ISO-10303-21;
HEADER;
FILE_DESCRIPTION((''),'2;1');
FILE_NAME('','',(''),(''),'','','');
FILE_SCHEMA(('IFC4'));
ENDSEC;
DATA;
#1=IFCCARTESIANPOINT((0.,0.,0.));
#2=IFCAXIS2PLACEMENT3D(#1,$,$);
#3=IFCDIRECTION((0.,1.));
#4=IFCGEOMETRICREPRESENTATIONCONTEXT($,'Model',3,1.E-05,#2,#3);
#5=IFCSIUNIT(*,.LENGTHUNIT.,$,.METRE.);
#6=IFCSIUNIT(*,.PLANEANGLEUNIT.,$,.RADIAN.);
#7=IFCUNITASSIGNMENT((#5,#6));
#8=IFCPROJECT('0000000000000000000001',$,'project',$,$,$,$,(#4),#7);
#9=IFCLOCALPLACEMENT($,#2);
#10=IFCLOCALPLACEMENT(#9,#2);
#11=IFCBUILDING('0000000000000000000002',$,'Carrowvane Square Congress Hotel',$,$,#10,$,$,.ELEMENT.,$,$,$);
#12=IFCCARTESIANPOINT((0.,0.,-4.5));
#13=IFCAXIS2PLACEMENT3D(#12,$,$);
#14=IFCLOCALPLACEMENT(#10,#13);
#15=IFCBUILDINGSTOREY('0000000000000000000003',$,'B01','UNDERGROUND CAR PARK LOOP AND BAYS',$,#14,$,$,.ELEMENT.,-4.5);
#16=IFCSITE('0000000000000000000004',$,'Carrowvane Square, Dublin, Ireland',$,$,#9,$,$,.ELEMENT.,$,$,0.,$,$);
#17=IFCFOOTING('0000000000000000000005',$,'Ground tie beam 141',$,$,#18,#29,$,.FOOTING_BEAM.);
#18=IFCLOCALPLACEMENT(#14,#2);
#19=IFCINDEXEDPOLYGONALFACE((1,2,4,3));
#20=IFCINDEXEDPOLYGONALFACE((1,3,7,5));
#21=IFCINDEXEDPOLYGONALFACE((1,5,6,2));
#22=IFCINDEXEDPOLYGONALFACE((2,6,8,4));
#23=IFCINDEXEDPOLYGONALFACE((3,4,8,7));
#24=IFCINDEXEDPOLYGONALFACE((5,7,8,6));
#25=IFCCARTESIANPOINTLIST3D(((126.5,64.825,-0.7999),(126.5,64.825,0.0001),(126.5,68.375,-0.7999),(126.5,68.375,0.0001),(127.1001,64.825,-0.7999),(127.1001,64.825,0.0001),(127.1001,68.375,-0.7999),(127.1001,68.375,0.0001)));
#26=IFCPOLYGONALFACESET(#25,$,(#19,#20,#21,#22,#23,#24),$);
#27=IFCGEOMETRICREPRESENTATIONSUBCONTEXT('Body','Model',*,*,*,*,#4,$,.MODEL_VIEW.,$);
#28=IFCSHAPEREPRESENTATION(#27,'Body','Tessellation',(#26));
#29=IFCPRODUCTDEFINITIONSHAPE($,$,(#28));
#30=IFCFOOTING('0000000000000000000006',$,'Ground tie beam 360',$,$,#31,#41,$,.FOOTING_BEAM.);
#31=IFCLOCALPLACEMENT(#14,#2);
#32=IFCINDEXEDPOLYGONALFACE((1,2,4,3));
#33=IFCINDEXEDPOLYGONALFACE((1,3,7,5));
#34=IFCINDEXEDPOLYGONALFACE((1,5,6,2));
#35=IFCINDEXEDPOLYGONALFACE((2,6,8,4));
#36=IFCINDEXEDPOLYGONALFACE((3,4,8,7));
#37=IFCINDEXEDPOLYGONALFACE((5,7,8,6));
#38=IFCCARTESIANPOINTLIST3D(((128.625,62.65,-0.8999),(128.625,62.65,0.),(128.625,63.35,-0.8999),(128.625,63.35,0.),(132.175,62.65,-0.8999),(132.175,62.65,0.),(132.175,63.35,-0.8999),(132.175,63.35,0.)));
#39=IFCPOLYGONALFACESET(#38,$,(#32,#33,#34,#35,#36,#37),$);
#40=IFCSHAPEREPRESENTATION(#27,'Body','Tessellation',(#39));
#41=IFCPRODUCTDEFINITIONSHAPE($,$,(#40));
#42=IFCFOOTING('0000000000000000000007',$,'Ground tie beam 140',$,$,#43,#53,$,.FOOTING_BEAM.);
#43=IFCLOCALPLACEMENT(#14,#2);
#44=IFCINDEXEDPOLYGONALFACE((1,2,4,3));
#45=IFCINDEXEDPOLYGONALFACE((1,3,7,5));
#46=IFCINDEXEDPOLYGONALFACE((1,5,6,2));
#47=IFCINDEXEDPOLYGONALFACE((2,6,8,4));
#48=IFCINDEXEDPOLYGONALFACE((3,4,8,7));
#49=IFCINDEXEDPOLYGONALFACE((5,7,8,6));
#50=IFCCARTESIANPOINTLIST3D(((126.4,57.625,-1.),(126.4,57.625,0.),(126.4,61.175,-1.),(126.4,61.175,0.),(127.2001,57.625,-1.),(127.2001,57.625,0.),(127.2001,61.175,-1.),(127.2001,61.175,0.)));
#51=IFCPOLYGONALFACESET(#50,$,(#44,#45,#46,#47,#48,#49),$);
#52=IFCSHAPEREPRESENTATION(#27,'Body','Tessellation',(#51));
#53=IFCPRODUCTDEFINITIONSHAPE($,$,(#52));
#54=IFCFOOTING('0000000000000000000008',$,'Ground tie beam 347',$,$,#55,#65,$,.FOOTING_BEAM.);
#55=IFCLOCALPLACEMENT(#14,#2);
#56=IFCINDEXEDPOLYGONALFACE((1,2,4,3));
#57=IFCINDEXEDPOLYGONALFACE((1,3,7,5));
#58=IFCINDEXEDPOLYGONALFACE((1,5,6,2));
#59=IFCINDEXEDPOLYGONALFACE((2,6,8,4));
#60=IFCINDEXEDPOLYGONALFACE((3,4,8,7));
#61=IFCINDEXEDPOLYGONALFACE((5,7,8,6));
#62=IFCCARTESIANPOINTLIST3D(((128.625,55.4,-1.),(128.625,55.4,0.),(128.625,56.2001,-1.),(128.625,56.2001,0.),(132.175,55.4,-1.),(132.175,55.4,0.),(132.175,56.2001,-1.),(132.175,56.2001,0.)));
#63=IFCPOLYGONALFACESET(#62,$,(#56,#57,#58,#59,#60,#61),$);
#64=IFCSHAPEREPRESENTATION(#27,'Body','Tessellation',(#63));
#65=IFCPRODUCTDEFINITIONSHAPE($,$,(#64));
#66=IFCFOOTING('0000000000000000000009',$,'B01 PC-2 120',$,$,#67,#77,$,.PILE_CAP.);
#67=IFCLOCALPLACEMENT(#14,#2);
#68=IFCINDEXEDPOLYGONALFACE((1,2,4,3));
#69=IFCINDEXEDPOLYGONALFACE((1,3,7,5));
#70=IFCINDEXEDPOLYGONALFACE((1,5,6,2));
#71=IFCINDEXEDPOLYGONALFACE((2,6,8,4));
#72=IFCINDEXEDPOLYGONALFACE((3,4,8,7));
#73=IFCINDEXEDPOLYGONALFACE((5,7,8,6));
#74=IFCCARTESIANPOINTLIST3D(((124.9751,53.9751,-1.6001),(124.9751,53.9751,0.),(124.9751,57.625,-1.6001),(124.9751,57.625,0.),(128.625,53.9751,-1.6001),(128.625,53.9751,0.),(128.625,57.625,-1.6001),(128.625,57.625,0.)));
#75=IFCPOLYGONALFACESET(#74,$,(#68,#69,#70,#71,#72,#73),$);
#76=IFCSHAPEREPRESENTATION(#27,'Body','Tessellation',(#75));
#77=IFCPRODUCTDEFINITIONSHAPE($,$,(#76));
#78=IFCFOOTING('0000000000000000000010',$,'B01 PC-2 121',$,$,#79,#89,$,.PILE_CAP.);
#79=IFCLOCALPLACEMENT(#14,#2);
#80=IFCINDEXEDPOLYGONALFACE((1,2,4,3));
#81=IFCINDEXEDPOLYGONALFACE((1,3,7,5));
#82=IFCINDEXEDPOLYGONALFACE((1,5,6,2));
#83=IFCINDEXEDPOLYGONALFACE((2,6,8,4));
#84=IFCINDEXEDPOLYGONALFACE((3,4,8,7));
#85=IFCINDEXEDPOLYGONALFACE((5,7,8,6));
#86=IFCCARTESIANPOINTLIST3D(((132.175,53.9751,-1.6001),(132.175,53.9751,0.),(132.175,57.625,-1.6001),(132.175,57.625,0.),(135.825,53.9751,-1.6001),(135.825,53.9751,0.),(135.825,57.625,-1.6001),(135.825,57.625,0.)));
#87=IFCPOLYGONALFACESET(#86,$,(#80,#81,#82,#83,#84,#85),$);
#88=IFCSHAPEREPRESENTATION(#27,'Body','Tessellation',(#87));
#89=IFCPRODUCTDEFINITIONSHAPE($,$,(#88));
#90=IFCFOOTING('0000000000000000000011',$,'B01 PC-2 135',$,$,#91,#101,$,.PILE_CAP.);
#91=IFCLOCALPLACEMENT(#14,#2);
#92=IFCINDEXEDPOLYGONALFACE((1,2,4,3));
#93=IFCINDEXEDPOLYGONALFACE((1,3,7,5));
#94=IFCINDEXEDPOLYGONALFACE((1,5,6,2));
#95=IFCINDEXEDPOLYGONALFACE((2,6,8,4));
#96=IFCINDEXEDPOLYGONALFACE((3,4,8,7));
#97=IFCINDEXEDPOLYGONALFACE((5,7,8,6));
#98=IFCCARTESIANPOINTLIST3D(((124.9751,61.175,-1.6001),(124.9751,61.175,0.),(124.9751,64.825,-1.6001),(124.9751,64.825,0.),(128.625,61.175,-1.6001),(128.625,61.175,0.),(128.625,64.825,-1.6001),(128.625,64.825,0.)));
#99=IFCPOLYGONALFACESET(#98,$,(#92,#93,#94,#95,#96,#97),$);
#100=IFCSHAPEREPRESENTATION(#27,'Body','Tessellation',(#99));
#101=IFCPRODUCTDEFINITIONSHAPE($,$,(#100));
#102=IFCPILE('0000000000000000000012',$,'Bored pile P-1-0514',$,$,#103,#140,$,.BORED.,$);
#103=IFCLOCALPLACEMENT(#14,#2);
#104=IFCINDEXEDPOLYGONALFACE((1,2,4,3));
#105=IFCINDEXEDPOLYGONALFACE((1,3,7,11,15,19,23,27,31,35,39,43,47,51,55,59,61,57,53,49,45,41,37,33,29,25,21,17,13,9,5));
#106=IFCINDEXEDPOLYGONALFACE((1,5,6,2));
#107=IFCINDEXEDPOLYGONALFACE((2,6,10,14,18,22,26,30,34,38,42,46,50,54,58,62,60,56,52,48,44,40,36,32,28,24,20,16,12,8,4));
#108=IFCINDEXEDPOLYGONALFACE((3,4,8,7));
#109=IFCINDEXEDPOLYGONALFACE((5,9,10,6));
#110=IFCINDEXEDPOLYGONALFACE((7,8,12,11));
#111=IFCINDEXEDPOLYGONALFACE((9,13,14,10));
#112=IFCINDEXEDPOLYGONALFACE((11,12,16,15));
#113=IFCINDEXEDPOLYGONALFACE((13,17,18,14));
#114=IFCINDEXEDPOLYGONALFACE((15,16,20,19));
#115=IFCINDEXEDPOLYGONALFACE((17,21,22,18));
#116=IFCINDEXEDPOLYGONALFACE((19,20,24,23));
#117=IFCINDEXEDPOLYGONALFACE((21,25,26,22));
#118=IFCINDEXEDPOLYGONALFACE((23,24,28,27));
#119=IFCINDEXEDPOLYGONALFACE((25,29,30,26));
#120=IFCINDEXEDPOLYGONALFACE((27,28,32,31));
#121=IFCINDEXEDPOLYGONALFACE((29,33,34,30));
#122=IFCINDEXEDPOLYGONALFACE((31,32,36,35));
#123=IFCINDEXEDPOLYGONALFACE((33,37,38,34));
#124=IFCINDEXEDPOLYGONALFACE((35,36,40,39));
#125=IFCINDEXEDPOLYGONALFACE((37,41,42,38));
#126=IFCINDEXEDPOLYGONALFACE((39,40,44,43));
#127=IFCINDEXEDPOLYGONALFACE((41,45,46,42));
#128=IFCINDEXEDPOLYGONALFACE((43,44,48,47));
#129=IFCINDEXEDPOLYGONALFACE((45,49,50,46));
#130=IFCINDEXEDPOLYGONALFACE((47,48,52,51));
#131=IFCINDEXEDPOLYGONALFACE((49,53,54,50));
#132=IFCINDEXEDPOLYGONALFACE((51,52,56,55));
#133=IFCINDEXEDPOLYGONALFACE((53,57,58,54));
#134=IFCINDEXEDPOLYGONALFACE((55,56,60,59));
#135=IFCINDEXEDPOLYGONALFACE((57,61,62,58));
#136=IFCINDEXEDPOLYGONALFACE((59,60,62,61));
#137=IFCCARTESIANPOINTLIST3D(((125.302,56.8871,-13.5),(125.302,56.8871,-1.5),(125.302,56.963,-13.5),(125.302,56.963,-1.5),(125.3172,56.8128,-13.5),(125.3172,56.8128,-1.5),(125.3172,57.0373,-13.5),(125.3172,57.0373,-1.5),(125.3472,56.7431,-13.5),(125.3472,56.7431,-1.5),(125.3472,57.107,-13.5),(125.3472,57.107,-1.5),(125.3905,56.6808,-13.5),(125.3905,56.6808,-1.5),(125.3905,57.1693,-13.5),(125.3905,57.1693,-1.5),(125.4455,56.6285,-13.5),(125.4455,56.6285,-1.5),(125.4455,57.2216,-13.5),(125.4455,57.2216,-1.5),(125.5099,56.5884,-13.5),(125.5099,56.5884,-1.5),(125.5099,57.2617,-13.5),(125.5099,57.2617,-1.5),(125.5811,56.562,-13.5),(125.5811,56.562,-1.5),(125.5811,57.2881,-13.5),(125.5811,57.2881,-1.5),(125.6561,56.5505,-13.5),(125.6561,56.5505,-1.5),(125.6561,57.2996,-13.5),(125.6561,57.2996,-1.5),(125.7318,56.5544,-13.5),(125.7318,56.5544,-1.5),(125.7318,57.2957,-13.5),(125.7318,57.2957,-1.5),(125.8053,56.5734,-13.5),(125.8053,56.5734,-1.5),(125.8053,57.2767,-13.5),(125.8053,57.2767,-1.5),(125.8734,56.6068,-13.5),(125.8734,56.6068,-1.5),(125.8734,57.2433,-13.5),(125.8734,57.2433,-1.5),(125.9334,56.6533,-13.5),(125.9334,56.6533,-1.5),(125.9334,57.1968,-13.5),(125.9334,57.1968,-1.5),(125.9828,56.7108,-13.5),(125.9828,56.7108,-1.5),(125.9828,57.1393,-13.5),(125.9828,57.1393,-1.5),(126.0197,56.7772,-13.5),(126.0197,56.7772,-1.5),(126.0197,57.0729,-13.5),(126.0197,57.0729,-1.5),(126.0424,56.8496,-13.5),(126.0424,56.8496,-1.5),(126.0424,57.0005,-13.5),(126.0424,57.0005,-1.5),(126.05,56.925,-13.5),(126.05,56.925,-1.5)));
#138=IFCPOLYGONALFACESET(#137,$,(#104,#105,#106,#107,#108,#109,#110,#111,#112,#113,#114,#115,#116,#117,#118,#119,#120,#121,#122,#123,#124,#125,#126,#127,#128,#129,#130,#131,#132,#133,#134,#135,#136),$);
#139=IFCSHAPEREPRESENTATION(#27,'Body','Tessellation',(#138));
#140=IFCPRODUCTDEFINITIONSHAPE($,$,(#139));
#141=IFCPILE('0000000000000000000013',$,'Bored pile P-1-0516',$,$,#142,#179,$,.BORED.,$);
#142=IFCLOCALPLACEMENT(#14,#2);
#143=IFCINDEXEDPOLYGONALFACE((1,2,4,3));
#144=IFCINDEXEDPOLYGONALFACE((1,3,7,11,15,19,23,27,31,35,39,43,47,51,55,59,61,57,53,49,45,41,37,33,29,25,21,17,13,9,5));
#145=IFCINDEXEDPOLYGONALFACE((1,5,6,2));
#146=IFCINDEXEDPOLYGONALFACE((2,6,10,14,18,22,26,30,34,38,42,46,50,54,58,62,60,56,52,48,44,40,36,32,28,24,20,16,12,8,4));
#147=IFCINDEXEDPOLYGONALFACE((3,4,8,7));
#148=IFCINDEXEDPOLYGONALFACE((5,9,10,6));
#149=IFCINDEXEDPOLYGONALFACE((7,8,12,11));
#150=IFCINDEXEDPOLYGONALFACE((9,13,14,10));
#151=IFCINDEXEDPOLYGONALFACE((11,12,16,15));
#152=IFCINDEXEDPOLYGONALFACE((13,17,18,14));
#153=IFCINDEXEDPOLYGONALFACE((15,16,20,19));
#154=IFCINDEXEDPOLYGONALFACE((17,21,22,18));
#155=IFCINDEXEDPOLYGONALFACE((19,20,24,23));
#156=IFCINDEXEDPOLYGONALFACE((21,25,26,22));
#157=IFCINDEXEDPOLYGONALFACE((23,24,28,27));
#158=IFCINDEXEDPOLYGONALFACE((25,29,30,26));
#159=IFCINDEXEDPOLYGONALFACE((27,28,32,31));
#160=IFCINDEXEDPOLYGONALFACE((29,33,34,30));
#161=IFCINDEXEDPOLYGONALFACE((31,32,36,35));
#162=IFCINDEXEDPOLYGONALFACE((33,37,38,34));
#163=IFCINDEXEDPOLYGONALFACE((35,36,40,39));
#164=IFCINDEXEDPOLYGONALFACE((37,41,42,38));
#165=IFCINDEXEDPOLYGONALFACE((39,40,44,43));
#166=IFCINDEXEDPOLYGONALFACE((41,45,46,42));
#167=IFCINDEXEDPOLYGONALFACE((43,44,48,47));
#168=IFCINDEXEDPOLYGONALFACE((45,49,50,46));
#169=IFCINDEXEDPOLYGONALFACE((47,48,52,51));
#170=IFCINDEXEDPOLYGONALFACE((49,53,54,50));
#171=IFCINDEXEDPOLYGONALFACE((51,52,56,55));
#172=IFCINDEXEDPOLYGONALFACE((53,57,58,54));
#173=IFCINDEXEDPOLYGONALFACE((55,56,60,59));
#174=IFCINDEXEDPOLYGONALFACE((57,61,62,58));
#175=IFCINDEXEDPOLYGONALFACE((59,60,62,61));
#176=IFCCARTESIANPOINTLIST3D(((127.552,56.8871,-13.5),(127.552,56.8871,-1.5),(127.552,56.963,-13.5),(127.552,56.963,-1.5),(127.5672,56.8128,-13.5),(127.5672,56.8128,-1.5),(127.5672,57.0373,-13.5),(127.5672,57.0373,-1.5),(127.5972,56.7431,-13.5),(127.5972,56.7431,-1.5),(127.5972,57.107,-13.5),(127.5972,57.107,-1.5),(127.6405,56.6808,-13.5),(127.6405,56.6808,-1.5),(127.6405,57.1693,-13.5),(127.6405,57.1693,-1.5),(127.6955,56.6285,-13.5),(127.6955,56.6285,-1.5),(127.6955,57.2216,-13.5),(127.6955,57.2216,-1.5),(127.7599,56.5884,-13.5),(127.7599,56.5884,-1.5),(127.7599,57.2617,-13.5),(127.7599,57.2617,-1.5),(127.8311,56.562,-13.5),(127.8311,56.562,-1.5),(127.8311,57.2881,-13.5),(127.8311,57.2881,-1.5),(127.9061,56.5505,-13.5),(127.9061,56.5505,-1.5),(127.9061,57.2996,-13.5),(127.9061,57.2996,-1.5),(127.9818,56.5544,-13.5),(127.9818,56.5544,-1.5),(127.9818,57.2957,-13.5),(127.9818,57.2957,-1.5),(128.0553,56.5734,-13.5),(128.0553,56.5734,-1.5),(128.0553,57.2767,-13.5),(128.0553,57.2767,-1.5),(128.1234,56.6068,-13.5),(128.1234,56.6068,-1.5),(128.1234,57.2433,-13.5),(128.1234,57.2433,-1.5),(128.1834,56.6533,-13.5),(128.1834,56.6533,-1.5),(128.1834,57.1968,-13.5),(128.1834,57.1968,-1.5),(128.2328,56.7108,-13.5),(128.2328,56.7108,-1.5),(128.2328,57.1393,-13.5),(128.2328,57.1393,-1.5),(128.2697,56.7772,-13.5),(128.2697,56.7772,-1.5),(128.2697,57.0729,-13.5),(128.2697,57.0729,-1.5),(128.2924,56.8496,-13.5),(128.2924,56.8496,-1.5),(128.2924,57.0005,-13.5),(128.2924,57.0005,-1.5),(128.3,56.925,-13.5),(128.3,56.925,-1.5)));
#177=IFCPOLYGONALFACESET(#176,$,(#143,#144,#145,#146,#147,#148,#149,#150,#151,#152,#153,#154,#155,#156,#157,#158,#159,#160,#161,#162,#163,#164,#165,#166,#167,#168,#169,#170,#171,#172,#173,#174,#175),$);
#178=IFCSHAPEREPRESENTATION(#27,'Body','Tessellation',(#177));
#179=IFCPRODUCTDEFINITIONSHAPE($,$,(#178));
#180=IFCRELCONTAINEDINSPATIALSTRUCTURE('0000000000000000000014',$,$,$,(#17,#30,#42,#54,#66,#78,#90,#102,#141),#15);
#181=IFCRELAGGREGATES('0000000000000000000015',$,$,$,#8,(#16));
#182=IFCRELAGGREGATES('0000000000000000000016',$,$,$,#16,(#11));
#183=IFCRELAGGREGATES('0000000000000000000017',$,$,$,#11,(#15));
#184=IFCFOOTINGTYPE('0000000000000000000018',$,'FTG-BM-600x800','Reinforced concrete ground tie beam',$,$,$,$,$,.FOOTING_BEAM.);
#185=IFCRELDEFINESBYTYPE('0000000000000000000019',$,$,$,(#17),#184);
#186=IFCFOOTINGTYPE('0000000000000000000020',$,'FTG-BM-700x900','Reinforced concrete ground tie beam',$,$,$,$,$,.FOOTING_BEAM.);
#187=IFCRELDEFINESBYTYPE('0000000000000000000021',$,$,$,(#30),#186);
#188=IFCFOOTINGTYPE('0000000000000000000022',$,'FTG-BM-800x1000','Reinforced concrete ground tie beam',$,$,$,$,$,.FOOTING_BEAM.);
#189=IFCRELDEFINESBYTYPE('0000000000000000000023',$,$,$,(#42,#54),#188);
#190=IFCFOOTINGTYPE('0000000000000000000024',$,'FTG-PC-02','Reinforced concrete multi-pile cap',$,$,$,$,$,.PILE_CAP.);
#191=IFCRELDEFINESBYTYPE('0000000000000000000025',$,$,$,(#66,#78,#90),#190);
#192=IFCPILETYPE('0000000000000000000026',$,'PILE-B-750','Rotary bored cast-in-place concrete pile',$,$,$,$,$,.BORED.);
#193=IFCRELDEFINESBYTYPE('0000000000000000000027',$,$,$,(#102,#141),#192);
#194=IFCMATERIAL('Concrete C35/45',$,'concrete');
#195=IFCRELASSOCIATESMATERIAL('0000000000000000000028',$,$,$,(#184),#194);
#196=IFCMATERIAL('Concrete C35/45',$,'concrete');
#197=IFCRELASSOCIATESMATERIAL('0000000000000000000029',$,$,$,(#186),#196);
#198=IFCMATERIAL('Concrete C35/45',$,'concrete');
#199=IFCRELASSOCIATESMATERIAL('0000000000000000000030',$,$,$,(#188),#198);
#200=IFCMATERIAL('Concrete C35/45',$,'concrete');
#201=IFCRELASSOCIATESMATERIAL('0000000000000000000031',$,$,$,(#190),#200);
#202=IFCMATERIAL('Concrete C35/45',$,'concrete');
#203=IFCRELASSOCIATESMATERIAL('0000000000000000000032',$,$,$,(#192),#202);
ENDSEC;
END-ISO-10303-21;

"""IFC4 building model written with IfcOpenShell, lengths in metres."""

from ifc_helpers import new_model, si_unit, direction, frame, origin, origin_2d, place, context, subcontext, project, spatial, rectangle, circle, extrude, material, material_profile, profile_set, type_object, element, save


model = new_model("IFC4")

# Units and contexts
model_context = context("Model", 3, precision=1e-05, world=origin(), true_north=direction((0.0, 1.0)))
body_context = subcontext(model_context, "Body", "Model", "MODEL_VIEW")
ifc_project = project(units=[si_unit("LENGTHUNIT", "METRE"), si_unit("PLANEANGLEUNIT", "RADIAN")], contexts=[model_context])

# Site, building, storey
site_placement = place(None, origin())
site = spatial("IfcSite", under=ifc_project, at=site_placement, Name="Carrowvane Square, Dublin, Ireland", CompositionType="ELEMENT", RefElevation=0.0)
building_placement = place(site_placement, origin())
building = spatial("IfcBuilding", under=site, at=building_placement, Name="Carrowvane Square Congress Hotel", CompositionType="ELEMENT")
storey_placement = place(building_placement, frame((0.0, 0.0, -4.5)))
storey = spatial("IfcBuildingStorey", under=building, at=storey_placement, Name="B01", Description="UNDERGROUND CAR PARK LOOP AND BAYS", CompositionType="ELEMENT", Elevation=-4.5)

# Footings
ifc_material_1 = material(Name="Concrete C35/45", Category="concrete")
ifc_material_profile_1 = material_profile(ifc_material_1, rectangle(XDim=0.6001, YDim=0.8, at=origin_2d()), Name="RC 600x800")
ifc_profile_set_1 = profile_set([ifc_material_profile_1], Name="Concrete C35/45")
footing_type_1 = type_object("IfcFootingType", Name="FTG-BM-600x800", Description="Reinforced concrete ground tie beam", PredefinedType="FOOTING_BEAM", material=ifc_profile_set_1)
footing_1_placement = place(storey_placement, frame((126.8, 64.825, -0.3999), z_axis=(0.0, 1.0, 0.0), x_axis=(-1.0, 0.0, 0.0)))
element("IfcFooting", 1, at=footing_1_placement, inside=storey, type_object=footing_type_1, Name="Ground tie beam 141", PredefinedType="FOOTING_BEAM", context=body_context, shape_type="SweptSolid", body=[
    extrude(rectangle(XDim=0.6001, YDim=0.8, at=origin_2d()), origin(), (0.0, 0.0, 1.0), 3.55),
])
ifc_material_2 = material(Name="Concrete C35/45", Category="concrete")
ifc_material_profile_2 = material_profile(ifc_material_2, rectangle(XDim=0.7, YDim=0.8999, at=origin_2d()), Name="RC 700x900")
ifc_profile_set_2 = profile_set([ifc_material_profile_2], Name="Concrete C35/45")
footing_type_2 = type_object("IfcFootingType", Name="FTG-BM-700x900", Description="Reinforced concrete ground tie beam", PredefinedType="FOOTING_BEAM", material=ifc_profile_set_2)
footing_2_placement = place(storey_placement, frame((128.625, 63.0, -0.45), z_axis=(1.0, 0.0, 0.0), x_axis=(0.0, 1.0, 0.0)))
element("IfcFooting", 2, at=footing_2_placement, inside=storey, type_object=footing_type_2, Name="Ground tie beam 360", PredefinedType="FOOTING_BEAM", context=body_context, shape_type="SweptSolid", body=[
    extrude(rectangle(XDim=0.7, YDim=0.8999, at=origin_2d()), origin(), (0.0, 0.0, 1.0), 3.55),
])
ifc_material_3 = material(Name="Concrete C35/45", Category="concrete")
ifc_material_profile_3 = material_profile(ifc_material_3, rectangle(XDim=0.8, YDim=1.0, at=origin_2d()), Name="RC 800x1000")
ifc_profile_set_3 = profile_set([ifc_material_profile_3], Name="Concrete C35/45")
footing_type_3 = type_object("IfcFootingType", Name="FTG-BM-800x1000", Description="Reinforced concrete ground tie beam", PredefinedType="FOOTING_BEAM", material=ifc_profile_set_3)
for number, where, z_axis, x_axis, name in (
    (3, (126.8, 57.625, -0.5), (0.0, 1.0, 0.0), (-1.0, 0.0, 0.0), "Ground tie beam 140"),
    (4, (128.625, 55.8, -0.5), (1.0, 0.0, 0.0), (0.0, 1.0, 0.0), "Ground tie beam 347"),
):
    element("IfcFooting", number, at=place(storey_placement, frame(where, z_axis=z_axis, x_axis=x_axis)), inside=storey, type_object=footing_type_3, Name=name, PredefinedType="FOOTING_BEAM", context=body_context, shape_type="SweptSolid", body=[
        extrude(rectangle(XDim=0.8, YDim=1.0, at=origin_2d()), origin(), (0.0, 0.0, 1.0), 3.55),
    ])
ifc_material_4 = material(Name="Concrete C35/45", Category="concrete")
footing_type_4 = type_object("IfcFootingType", Name="FTG-PC-02", Description="Reinforced concrete multi-pile cap", PredefinedType="PILE_CAP", material=ifc_material_4)
for number, where, z_axis, x_axis, name in (
    (5, (126.8, 55.8, -1.6001), (0.0, 0.0, 1.0), (1.0, 0.0, 0.0), "B01 PC-2 120"),
    (6, (134.0, 55.8, -1.6001), (0.0, 0.0, 1.0), (1.0, 0.0, 0.0), "B01 PC-2 121"),
    (7, (126.8, 63.0, -1.6001), (0.0, 0.0, 1.0), (1.0, 0.0, 0.0), "B01 PC-2 135"),
):
    element("IfcFooting", number, at=place(storey_placement, frame(where, z_axis=z_axis, x_axis=x_axis)), inside=storey, type_object=footing_type_4, Name=name, PredefinedType="PILE_CAP", context=body_context, shape_type="SweptSolid", body=[
        extrude(rectangle(XDim=3.6499, YDim=3.6499, at=origin_2d()), origin(), (0.0, 0.0, 1.0), 1.6001),
    ])

# Piles
ifc_material_5 = material(Name="Concrete C35/45", Category="concrete")
ifc_material_profile_4 = material_profile(ifc_material_5, circle(Radius=0.375, at=origin_2d()), Name="PILE D750")
ifc_profile_set_4 = profile_set([ifc_material_profile_4], Name="Concrete C35/45")
pile_type = type_object("IfcPileType", Name="PILE-B-750", Description="Rotary bored cast-in-place concrete pile", PredefinedType="BORED", material=ifc_profile_set_4)
for number, where, z_axis, x_axis, name in (
    (8, (125.675, 56.925, -1.5), (0.0, 0.0, -1.0), (1.0, 0.0, 0.0), "Bored pile P-1-0514"),
    (9, (127.925, 56.925, -1.5), (0.0, 0.0, -1.0), (1.0, 0.0, 0.0), "Bored pile P-1-0516"),
):
    element("IfcPile", number, at=place(storey_placement, frame(where, z_axis=z_axis, x_axis=x_axis)), inside=storey, type_object=pile_type, Name=name, PredefinedType="BORED", context=body_context, shape_type="SweptSolid", body=[
        extrude(circle(Radius=0.375, at=origin_2d()), origin(), (0.0, 0.0, 1.0), 12.0),
    ])

save(model, "model.ifc")
